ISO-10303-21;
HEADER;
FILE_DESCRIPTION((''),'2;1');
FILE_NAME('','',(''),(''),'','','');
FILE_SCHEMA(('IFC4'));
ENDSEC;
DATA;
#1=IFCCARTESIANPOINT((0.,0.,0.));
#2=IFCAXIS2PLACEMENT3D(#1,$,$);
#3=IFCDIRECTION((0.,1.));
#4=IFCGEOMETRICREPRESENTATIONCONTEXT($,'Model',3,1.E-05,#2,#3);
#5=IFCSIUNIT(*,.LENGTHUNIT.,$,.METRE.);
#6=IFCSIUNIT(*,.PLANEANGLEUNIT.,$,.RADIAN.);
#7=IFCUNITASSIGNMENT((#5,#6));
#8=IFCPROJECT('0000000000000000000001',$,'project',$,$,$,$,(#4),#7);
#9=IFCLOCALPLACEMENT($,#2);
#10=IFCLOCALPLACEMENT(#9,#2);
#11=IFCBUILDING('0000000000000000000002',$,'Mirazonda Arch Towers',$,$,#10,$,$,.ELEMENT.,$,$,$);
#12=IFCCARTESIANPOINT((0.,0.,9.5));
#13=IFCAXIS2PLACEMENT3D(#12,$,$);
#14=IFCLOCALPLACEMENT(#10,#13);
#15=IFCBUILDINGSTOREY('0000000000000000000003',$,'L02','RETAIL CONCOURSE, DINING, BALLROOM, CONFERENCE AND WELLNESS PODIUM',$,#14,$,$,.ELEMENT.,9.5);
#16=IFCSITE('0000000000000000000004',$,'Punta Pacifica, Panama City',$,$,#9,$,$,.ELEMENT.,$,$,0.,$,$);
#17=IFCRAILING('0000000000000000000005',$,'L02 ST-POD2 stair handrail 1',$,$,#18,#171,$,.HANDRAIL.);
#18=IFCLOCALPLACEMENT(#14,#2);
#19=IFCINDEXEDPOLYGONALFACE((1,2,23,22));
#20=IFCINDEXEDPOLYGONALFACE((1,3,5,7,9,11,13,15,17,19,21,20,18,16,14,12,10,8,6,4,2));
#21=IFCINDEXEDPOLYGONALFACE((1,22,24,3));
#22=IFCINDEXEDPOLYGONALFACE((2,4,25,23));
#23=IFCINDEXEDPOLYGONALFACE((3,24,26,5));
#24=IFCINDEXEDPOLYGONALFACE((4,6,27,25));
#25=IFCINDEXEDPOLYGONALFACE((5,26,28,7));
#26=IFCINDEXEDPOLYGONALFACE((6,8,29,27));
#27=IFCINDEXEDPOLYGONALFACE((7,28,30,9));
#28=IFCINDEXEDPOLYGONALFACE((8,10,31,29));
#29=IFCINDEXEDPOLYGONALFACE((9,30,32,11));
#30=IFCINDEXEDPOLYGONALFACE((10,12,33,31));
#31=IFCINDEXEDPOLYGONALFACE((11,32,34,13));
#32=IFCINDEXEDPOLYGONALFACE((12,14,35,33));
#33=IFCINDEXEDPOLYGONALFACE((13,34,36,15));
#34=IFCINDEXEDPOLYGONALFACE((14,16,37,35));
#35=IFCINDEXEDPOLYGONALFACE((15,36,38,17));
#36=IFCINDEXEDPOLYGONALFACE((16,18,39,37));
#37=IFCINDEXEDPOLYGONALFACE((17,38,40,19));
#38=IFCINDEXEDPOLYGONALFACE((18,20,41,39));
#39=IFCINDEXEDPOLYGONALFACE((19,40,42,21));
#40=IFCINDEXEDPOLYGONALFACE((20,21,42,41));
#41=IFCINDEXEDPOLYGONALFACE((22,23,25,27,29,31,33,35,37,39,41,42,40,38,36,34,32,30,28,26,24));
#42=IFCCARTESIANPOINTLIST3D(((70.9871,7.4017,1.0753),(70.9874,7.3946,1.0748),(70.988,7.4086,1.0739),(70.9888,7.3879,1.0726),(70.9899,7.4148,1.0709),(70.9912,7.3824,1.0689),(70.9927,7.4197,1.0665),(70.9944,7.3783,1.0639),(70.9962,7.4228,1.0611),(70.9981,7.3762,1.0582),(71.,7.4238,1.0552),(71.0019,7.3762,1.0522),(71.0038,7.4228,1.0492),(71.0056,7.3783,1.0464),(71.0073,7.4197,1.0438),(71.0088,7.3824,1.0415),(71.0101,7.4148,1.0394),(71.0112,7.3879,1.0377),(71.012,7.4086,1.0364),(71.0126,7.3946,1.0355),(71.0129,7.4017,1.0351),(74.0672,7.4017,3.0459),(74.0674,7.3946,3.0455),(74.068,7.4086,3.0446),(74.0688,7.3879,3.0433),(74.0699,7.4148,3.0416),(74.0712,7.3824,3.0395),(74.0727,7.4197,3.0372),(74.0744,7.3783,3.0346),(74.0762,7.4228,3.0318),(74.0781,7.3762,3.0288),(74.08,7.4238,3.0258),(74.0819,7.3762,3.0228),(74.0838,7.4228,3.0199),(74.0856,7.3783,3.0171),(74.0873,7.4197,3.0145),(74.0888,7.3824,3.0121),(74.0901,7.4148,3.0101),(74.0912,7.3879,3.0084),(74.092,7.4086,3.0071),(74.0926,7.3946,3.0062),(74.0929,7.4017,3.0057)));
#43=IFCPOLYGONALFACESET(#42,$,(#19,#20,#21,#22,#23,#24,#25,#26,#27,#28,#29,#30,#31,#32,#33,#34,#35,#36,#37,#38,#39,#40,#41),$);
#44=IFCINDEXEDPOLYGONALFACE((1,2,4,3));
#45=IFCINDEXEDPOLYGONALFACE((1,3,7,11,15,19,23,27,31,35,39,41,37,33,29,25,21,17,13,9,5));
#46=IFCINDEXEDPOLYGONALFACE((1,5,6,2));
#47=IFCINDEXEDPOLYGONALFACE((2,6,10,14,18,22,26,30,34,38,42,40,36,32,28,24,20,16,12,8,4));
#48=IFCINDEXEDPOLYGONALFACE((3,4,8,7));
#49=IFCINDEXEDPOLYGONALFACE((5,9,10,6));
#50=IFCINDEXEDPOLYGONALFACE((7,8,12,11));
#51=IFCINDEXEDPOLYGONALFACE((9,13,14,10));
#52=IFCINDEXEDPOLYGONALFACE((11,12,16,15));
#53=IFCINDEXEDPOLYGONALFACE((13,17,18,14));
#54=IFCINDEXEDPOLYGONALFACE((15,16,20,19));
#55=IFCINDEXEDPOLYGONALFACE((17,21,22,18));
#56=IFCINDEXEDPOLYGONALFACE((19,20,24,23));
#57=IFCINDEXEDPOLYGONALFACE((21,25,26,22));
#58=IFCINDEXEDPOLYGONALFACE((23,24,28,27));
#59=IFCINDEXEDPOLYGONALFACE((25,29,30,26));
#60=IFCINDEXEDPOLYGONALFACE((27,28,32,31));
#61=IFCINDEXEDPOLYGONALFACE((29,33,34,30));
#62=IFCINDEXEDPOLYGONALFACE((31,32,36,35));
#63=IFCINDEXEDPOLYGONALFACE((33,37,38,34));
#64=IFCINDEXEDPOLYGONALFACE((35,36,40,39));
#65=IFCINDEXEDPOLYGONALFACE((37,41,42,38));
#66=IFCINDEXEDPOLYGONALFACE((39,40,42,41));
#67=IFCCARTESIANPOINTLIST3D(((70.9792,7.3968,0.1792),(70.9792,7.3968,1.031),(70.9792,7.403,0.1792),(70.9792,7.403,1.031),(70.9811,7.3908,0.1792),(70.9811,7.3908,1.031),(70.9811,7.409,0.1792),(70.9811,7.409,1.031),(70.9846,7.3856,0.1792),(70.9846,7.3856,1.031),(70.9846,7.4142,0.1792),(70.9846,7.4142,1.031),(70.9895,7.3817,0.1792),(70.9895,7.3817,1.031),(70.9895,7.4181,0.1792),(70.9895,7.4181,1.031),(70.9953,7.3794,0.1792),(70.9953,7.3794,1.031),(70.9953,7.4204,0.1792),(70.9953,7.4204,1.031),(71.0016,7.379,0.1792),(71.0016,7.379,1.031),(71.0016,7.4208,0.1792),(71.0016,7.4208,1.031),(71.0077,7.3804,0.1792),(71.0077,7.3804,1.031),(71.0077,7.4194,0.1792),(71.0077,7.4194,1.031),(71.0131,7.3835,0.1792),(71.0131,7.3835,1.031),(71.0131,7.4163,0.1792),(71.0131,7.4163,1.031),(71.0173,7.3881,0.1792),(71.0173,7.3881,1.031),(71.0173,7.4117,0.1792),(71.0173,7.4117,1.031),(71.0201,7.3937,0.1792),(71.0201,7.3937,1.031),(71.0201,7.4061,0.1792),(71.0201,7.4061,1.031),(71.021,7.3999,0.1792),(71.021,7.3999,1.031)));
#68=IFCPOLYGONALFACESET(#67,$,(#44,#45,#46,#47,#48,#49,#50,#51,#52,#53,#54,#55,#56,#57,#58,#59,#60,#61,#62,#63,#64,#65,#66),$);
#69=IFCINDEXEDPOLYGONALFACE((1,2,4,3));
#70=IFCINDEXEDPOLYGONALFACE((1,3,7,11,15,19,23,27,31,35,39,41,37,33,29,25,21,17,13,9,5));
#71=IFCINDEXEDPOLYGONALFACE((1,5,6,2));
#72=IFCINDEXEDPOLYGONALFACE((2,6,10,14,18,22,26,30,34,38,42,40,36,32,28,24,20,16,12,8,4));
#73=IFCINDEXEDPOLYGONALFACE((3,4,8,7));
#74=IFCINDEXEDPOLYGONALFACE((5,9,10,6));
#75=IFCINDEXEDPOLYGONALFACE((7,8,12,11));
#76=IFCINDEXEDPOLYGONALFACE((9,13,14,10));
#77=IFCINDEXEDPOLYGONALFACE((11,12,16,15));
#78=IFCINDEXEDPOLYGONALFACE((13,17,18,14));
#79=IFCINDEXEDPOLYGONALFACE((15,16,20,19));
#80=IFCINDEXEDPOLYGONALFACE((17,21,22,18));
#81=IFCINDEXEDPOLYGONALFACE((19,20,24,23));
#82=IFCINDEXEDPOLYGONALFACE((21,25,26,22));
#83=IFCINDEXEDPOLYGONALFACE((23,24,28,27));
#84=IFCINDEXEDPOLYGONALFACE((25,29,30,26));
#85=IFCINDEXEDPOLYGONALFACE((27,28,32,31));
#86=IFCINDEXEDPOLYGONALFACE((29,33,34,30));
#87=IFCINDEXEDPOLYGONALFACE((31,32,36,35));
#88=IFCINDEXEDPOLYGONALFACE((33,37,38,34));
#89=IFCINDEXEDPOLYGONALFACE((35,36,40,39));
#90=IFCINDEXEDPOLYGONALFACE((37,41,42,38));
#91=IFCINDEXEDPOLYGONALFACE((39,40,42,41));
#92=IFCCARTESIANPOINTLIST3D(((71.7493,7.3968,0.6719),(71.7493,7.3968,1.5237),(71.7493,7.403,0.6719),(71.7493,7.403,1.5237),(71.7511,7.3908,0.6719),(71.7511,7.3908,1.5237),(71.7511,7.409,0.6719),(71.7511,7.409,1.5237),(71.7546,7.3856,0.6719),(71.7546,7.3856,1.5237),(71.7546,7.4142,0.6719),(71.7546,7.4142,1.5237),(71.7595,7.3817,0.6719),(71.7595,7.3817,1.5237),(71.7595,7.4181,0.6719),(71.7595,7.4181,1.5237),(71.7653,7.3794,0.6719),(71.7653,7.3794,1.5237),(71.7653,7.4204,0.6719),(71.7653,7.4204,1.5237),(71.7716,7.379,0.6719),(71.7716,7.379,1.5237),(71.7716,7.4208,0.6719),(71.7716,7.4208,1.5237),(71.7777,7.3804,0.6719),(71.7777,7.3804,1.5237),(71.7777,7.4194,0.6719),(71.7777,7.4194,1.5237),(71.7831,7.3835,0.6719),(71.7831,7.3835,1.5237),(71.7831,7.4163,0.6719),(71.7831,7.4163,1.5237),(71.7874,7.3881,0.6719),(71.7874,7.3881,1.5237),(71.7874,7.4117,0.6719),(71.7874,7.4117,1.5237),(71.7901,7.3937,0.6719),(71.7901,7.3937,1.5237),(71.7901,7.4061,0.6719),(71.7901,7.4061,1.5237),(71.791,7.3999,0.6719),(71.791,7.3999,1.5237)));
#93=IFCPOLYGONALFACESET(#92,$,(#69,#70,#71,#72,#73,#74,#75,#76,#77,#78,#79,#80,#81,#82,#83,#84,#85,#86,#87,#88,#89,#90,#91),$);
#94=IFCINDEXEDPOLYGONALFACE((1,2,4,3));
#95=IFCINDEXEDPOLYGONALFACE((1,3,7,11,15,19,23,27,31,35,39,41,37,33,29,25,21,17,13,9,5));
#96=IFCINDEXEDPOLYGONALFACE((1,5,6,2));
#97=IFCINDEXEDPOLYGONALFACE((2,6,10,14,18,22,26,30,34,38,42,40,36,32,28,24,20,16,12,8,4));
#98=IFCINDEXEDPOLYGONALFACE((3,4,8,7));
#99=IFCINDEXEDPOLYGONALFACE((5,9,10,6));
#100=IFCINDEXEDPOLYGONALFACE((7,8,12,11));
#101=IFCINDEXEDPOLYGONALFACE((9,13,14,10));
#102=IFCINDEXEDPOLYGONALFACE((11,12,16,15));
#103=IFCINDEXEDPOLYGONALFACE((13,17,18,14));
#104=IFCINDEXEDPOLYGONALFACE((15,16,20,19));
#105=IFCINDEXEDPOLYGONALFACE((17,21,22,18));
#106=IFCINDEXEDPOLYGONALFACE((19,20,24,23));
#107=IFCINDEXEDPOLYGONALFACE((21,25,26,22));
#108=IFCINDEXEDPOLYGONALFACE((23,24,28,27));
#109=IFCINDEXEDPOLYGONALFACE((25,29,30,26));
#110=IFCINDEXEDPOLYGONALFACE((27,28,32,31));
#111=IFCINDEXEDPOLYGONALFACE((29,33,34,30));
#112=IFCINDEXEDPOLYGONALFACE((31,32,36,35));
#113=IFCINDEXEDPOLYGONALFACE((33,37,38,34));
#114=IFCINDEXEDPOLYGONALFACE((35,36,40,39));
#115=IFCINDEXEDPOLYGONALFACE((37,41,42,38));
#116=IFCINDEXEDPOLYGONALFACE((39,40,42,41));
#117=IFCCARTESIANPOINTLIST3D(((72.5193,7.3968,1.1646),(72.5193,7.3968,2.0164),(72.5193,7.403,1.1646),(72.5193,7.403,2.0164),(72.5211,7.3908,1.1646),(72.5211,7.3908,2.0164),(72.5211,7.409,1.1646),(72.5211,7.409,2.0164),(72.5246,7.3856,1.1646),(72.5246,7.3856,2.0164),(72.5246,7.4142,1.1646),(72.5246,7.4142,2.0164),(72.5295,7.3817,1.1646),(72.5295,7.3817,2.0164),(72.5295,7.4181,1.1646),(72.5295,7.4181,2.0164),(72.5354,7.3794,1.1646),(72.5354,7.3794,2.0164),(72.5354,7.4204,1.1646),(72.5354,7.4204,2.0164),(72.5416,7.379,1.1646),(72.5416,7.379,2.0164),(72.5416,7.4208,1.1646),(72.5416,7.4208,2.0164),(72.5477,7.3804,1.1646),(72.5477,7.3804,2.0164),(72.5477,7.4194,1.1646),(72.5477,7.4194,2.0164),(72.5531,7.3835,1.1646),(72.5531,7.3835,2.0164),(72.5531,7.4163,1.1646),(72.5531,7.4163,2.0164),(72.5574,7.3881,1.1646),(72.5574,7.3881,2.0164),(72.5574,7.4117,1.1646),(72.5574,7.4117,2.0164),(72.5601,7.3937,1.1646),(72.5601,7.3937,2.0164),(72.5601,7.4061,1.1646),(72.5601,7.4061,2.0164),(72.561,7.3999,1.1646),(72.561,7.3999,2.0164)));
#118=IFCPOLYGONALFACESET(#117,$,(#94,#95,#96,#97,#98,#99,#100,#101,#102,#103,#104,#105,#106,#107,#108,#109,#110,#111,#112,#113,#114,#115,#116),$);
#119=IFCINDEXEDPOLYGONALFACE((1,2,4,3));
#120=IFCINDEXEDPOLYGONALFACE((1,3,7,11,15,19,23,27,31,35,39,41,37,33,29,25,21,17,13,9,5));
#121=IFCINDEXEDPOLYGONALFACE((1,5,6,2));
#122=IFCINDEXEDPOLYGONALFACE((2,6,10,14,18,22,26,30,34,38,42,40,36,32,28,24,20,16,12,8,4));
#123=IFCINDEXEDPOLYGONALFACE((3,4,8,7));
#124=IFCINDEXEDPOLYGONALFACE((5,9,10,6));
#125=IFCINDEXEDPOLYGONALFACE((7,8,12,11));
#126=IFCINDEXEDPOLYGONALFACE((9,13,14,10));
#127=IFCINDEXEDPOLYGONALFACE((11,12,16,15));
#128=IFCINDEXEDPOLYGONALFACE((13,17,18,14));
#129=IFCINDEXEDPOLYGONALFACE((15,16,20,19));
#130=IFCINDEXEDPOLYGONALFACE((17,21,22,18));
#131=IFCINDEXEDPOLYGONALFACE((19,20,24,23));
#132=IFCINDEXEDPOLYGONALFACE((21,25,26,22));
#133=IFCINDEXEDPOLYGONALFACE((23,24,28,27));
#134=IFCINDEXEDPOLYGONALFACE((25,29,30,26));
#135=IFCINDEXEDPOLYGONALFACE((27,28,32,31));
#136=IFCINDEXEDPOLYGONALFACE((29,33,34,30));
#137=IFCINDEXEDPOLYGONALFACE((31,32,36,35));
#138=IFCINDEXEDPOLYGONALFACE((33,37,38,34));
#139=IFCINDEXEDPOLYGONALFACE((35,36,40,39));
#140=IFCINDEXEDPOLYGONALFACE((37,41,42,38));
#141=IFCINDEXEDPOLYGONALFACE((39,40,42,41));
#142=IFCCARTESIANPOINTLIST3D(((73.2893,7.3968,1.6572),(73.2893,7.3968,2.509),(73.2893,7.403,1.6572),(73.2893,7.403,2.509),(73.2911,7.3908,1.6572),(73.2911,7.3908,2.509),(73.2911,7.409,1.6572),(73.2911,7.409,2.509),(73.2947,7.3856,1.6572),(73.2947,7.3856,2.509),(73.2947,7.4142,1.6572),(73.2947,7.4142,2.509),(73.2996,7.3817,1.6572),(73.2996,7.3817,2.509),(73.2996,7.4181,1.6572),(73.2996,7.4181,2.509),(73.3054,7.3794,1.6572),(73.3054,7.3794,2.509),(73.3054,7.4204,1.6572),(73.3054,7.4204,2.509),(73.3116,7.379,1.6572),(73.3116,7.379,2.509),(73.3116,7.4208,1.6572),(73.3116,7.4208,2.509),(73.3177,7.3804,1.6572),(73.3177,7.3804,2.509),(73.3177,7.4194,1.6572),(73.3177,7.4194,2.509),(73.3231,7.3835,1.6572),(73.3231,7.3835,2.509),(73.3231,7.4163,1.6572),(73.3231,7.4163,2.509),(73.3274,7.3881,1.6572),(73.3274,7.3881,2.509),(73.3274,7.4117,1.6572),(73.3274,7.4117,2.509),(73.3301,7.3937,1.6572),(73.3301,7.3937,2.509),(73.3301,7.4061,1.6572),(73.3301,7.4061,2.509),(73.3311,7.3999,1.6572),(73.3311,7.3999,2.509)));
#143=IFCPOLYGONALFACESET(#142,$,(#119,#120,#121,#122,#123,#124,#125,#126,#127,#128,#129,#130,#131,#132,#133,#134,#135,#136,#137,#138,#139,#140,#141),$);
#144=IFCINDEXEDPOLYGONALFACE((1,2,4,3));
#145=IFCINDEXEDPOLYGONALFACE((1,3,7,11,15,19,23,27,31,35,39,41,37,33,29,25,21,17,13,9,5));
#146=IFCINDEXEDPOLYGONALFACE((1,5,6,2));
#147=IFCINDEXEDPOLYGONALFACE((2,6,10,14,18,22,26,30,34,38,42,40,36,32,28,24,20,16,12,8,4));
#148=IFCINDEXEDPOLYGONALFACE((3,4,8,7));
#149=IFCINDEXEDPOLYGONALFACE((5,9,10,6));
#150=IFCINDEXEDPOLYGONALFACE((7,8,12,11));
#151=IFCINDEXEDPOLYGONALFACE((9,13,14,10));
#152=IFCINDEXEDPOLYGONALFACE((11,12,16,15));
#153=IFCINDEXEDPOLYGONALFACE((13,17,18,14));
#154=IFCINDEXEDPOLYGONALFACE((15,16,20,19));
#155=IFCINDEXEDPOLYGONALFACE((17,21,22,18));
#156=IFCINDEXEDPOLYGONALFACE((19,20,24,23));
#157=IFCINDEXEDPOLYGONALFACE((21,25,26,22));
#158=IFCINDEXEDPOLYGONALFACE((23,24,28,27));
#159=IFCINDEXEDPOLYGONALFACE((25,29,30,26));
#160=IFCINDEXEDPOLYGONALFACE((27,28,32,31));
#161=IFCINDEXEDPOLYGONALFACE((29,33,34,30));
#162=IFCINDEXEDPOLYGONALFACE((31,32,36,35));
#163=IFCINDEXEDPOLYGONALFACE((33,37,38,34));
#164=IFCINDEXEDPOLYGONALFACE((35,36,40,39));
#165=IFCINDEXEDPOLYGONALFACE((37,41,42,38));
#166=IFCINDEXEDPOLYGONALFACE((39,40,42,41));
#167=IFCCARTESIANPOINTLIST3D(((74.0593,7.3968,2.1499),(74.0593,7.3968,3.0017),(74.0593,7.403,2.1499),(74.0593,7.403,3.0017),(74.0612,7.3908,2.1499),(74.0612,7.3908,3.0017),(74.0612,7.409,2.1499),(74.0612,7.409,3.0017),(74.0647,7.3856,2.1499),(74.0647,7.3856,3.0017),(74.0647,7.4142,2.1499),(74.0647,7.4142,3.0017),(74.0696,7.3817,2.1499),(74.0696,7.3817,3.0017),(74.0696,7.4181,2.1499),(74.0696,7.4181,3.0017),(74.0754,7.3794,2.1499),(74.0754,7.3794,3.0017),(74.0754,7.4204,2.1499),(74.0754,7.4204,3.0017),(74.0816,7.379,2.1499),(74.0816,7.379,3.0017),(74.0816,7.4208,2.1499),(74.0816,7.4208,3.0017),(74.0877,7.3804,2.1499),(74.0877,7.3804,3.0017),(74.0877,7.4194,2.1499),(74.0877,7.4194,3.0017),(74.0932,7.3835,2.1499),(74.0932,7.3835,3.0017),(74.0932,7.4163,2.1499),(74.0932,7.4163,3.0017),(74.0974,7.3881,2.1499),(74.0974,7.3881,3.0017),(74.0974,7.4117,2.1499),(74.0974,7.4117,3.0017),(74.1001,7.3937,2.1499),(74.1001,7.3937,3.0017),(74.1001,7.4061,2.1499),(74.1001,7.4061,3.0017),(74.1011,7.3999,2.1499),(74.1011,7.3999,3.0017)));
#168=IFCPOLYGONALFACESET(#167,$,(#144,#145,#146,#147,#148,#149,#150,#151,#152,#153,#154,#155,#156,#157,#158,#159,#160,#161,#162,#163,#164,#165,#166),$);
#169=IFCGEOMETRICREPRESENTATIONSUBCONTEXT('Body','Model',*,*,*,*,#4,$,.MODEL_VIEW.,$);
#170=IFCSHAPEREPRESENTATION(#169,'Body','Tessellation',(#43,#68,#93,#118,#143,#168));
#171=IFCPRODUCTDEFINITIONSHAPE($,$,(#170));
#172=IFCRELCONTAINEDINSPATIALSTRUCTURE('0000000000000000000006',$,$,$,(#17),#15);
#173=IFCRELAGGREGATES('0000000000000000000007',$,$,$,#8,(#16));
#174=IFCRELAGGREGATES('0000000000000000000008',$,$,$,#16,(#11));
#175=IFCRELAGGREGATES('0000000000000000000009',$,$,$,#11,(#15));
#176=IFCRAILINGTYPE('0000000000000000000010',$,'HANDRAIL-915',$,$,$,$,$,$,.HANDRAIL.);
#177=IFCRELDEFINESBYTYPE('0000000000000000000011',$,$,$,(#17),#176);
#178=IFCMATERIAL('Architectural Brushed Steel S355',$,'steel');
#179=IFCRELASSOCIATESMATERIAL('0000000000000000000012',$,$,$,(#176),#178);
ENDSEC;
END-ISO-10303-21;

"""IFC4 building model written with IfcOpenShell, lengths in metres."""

from ifc_helpers import new_model, si_unit, direction, frame, origin, origin_2d, place, context, subcontext, project, spatial, circle, extrude, material, type_object, element, save


model = new_model("IFC4")

# Units and contexts
model_context = context("Model", 3, precision=1e-05, world=origin(), true_north=direction((0.0, 1.0)))
body_context = subcontext(model_context, "Body", "Model", "MODEL_VIEW")
ifc_project = project(units=[si_unit("LENGTHUNIT", "METRE"), si_unit("PLANEANGLEUNIT", "RADIAN")], contexts=[model_context])

# Site, building, storey
site_placement = place(None, origin())
site = spatial("IfcSite", under=ifc_project, at=site_placement, Name="Punta Pacifica, Panama City", CompositionType="ELEMENT", RefElevation=0.0)
building_placement = place(site_placement, origin())
building = spatial("IfcBuilding", under=site, at=building_placement, Name="Mirazonda Arch Towers", CompositionType="ELEMENT")
storey_placement = place(building_placement, frame((0.0, 0.0, 9.5)))
storey = spatial("IfcBuildingStorey", under=building, at=storey_placement, Name="L02", Description="RETAIL CONCOURSE, DINING, BALLROOM, CONFERENCE AND WELLNESS PODIUM", CompositionType="ELEMENT", Elevation=9.5)

# Railing
ifc_material_1 = material(Name="Architectural Brushed Steel S355", Category="steel")
railing_type_1 = type_object("IfcRailingType", Name="HANDRAIL-915", PredefinedType="HANDRAIL", material=ifc_material_1)
railing_1_placement = place(storey_placement, frame((71.0, 7.3999, 0.1792)))
element("IfcRailing", 1, at=railing_1_placement, inside=storey, type_object=railing_type_1, Name="L02 ST-POD2 stair handrail 1", PredefinedType="HANDRAIL", context=body_context, shape_type="SweptSolid", body=[
    extrude(circle(Radius=0.0239, at=origin_2d()), frame((0.0, 0.0, 0.876), z_axis=(0.842339, 0.0, 0.538948), x_axis=(0.0, 1.0, 0.0)), (0.0, 0.0, 1.0), 3.6565),
    extrude(circle(Radius=0.021, at=origin_2d()), origin(), (0.0, 0.0, 1.0), 0.8518),
    extrude(circle(Radius=0.021, at=origin_2d()), frame((0.77, 0.0, 0.4927)), (0.0, 0.0, 1.0), 0.8518),
    extrude(circle(Radius=0.021, at=origin_2d()), frame((1.54, 0.0, 0.9854)), (0.0, 0.0, 1.0), 0.8518),
    extrude(circle(Radius=0.021, at=origin_2d()), frame((2.3101, 0.0, 1.478)), (0.0, 0.0, 1.0), 0.8518),
    extrude(circle(Radius=0.021, at=origin_2d()), frame((3.0801, 0.0, 1.9707)), (0.0, 0.0, 1.0), 0.8518),
])

save(model, "model.ifc")
